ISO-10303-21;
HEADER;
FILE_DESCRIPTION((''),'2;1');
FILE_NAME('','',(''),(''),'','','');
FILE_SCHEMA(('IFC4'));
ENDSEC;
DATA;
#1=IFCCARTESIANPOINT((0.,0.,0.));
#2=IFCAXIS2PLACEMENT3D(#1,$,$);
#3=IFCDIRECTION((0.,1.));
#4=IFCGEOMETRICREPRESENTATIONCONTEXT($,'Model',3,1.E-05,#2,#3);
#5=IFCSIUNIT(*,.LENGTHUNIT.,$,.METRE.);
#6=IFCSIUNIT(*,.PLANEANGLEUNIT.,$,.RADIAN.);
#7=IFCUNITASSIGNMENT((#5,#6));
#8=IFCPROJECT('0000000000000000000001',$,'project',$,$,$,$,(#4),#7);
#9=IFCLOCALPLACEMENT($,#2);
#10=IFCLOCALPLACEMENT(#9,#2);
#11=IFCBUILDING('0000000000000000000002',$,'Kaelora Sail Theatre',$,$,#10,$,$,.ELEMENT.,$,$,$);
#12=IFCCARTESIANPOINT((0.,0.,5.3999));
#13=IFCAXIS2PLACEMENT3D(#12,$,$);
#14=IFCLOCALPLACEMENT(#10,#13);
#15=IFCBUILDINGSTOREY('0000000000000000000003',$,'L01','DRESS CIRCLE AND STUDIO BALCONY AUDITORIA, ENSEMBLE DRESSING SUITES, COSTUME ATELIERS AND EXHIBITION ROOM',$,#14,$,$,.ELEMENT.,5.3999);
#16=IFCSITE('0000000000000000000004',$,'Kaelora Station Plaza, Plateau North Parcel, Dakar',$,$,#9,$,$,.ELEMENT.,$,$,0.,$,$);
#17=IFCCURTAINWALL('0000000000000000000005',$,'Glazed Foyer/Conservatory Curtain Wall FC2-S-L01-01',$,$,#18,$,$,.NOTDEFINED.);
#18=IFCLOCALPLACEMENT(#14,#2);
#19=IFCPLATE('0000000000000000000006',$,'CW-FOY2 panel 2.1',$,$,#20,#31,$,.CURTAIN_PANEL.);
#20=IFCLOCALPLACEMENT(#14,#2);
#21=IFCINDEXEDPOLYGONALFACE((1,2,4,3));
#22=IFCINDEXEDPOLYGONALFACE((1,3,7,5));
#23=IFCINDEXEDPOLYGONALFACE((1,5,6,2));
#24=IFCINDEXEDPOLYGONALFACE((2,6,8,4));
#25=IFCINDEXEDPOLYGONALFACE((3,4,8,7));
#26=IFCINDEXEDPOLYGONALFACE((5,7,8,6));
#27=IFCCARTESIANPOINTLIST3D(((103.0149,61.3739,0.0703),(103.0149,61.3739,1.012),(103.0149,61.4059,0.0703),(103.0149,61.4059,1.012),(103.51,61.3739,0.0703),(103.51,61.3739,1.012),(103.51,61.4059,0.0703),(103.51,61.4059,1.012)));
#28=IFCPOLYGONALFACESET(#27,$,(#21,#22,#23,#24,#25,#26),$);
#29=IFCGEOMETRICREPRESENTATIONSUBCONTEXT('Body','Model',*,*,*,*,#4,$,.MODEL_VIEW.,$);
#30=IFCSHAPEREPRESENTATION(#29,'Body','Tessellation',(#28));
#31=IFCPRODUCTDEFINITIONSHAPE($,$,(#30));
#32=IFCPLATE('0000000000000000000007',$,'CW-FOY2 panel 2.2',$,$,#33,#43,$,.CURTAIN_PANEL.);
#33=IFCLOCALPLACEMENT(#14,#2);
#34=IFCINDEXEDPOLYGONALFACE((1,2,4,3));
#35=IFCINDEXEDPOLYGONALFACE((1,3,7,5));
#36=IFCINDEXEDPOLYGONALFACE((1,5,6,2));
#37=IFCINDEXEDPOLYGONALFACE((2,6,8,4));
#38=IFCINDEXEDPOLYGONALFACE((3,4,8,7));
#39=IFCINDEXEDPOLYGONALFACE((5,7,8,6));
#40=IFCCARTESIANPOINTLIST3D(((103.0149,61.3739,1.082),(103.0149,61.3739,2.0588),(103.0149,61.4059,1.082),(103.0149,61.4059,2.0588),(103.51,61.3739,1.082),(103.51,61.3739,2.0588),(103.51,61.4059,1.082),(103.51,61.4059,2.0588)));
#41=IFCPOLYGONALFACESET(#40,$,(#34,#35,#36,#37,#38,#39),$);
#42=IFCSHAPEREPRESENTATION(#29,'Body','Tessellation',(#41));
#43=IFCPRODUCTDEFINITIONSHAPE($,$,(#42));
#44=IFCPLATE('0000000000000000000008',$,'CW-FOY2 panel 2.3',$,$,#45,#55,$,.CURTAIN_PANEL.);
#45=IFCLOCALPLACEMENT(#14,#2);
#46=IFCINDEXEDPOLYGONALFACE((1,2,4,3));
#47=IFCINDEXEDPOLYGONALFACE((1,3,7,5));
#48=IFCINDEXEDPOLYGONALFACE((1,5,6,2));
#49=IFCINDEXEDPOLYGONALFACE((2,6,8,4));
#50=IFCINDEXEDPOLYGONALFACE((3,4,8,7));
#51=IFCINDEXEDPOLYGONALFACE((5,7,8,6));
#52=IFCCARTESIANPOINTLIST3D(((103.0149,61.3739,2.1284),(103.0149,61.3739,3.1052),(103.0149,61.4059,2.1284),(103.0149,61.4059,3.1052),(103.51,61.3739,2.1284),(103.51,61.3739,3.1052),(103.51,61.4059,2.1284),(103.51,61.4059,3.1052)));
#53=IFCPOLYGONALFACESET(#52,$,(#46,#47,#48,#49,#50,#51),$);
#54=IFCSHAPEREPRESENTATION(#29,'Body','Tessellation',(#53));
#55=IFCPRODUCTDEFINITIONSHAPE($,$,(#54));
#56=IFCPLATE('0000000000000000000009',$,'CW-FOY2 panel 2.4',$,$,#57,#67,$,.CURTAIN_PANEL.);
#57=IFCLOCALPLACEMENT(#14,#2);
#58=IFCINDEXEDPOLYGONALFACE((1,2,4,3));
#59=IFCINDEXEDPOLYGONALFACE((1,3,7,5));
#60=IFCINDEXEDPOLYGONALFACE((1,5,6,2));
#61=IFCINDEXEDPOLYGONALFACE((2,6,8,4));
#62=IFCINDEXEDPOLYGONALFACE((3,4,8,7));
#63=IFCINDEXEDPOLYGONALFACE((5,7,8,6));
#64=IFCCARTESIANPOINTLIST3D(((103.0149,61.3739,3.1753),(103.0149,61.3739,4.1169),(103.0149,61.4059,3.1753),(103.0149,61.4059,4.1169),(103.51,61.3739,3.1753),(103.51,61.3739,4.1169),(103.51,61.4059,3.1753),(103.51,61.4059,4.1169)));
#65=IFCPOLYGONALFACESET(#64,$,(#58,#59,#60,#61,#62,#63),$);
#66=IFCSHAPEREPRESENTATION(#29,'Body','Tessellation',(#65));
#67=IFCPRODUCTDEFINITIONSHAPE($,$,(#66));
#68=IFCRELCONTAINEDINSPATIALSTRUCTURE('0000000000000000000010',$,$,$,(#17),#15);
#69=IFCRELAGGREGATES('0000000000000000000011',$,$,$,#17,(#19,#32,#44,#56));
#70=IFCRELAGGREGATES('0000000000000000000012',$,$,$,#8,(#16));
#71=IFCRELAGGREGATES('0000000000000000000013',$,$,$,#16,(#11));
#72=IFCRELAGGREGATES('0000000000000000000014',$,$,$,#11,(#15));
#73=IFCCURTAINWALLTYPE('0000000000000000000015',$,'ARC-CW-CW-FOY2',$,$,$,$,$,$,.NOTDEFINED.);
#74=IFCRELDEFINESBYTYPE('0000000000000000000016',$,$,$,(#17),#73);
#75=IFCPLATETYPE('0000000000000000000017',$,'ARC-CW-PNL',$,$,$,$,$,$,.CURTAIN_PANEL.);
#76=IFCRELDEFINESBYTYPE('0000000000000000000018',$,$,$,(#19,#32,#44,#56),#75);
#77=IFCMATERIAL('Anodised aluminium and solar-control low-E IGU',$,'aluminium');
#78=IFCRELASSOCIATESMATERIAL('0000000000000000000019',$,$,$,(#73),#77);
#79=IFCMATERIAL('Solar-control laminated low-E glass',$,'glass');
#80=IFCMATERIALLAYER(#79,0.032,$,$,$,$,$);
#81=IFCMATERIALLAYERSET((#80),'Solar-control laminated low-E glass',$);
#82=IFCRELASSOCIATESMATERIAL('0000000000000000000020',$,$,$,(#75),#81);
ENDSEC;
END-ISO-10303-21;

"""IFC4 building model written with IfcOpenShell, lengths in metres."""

from ifc_helpers import new_model, si_unit, direction, frame, origin, origin_2d, place, context, subcontext, project, spatial, rectangle, extrude, material, layer, layer_set, type_object, element, aggregate, save


model = new_model("IFC4")

# Units and contexts
model_context = context("Model", 3, precision=1e-05, world=origin(), true_north=direction((0.0, 1.0)))
body_context = subcontext(model_context, "Body", "Model", "MODEL_VIEW")
ifc_project = project(units=[si_unit("LENGTHUNIT", "METRE"), si_unit("PLANEANGLEUNIT", "RADIAN")], contexts=[model_context])

# Site, building, storey
site_placement = place(None, origin())
site = spatial("IfcSite", under=ifc_project, at=site_placement, Name="Kaelora Station Plaza, Plateau North Parcel, Dakar", CompositionType="ELEMENT", RefElevation=0.0)
building_placement = place(site_placement, origin())
building = spatial("IfcBuilding", under=site, at=building_placement, Name="Kaelora Sail Theatre", CompositionType="ELEMENT")
storey_placement = place(building_placement, frame((0.0, 0.0, 5.3999)))
storey = spatial("IfcBuildingStorey", under=building, at=storey_placement, Name="L01", Description="DRESS CIRCLE AND STUDIO BALCONY AUDITORIA, ENSEMBLE DRESSING SUITES, COSTUME ATELIERS AND EXHIBITION ROOM", CompositionType="ELEMENT", Elevation=5.3999)

# Curtain wall
ifc_material_1 = material(Name="Anodised aluminium and solar-control low-E IGU", Category="aluminium")
curtain_wall_type = type_object("IfcCurtainWallType", Name="ARC-CW-CW-FOY2", PredefinedType="NOTDEFINED", material=ifc_material_1)
curtain_wall_1_placement = place(storey_placement, origin())
curtain_wall_1 = element("IfcCurtainWall", 1, at=curtain_wall_1_placement, inside=storey, type_object=curtain_wall_type, Name="Glazed Foyer/Conservatory Curtain Wall FC2-S-L01-01", PredefinedType="NOTDEFINED")

# Plates
ifc_material_2 = material(Name="Solar-control laminated low-E glass", Category="glass")
ifc_layer = layer(ifc_material_2, 0.032)
ifc_layer_set = layer_set([ifc_layer], Name="Solar-control laminated low-E glass")
plate_type = type_object("IfcPlateType", Name="ARC-CW-PNL", PredefinedType="CURTAIN_PANEL", material=ifc_layer_set)
plate_1_placement = place(storey_placement, frame((103.2625, 61.3899, 0.0703), z_axis=(0.0, 0.0, 1.0), x_axis=(1.0, 0.0, 0.0)))
plate_1 = element("IfcPlate", 2, at=plate_1_placement, type_object=plate_type, Name="CW-FOY2 panel 2.1", PredefinedType="CURTAIN_PANEL", context=body_context, shape_type="SweptSolid", body=[
    extrude(rectangle(XDim=0.4951, YDim=0.032, at=origin_2d()), origin(), (0.0, 0.0, 1.0), 0.9417),
])
plate_2_placement = place(storey_placement, frame((103.2625, 61.3899, 1.082), z_axis=(0.0, 0.0, 1.0), x_axis=(1.0, 0.0, 0.0)))
plate_2 = element("IfcPlate", 3, at=plate_2_placement, type_object=plate_type, Name="CW-FOY2 panel 2.2", PredefinedType="CURTAIN_PANEL", context=body_context, shape_type="SweptSolid", body=[
    extrude(rectangle(XDim=0.4951, YDim=0.032, at=origin_2d()), origin(), (0.0, 0.0, 1.0), 0.9768),
])
plate_3_placement = place(storey_placement, frame((103.2625, 61.3899, 2.1284), z_axis=(0.0, 0.0, 1.0), x_axis=(1.0, 0.0, 0.0)))
plate_3 = element("IfcPlate", 4, at=plate_3_placement, type_object=plate_type, Name="CW-FOY2 panel 2.3", PredefinedType="CURTAIN_PANEL", context=body_context, shape_type="SweptSolid", body=[
    extrude(rectangle(XDim=0.4951, YDim=0.032, at=origin_2d()), origin(), (0.0, 0.0, 1.0), 0.9768),
])
plate_4_placement = place(storey_placement, frame((103.2625, 61.3899, 3.1753), z_axis=(0.0, 0.0, 1.0), x_axis=(1.0, 0.0, 0.0)))
plate_4 = element("IfcPlate", 5, at=plate_4_placement, type_object=plate_type, Name="CW-FOY2 panel 2.4", PredefinedType="CURTAIN_PANEL", context=body_context, shape_type="SweptSolid", body=[
    extrude(rectangle(XDim=0.4951, YDim=0.032, at=origin_2d()), origin(), (0.0, 0.0, 1.0), 0.9417),
])
aggregate(curtain_wall_1, [plate_1, plate_2, plate_3, plate_4])

save(model, "model.ifc")
